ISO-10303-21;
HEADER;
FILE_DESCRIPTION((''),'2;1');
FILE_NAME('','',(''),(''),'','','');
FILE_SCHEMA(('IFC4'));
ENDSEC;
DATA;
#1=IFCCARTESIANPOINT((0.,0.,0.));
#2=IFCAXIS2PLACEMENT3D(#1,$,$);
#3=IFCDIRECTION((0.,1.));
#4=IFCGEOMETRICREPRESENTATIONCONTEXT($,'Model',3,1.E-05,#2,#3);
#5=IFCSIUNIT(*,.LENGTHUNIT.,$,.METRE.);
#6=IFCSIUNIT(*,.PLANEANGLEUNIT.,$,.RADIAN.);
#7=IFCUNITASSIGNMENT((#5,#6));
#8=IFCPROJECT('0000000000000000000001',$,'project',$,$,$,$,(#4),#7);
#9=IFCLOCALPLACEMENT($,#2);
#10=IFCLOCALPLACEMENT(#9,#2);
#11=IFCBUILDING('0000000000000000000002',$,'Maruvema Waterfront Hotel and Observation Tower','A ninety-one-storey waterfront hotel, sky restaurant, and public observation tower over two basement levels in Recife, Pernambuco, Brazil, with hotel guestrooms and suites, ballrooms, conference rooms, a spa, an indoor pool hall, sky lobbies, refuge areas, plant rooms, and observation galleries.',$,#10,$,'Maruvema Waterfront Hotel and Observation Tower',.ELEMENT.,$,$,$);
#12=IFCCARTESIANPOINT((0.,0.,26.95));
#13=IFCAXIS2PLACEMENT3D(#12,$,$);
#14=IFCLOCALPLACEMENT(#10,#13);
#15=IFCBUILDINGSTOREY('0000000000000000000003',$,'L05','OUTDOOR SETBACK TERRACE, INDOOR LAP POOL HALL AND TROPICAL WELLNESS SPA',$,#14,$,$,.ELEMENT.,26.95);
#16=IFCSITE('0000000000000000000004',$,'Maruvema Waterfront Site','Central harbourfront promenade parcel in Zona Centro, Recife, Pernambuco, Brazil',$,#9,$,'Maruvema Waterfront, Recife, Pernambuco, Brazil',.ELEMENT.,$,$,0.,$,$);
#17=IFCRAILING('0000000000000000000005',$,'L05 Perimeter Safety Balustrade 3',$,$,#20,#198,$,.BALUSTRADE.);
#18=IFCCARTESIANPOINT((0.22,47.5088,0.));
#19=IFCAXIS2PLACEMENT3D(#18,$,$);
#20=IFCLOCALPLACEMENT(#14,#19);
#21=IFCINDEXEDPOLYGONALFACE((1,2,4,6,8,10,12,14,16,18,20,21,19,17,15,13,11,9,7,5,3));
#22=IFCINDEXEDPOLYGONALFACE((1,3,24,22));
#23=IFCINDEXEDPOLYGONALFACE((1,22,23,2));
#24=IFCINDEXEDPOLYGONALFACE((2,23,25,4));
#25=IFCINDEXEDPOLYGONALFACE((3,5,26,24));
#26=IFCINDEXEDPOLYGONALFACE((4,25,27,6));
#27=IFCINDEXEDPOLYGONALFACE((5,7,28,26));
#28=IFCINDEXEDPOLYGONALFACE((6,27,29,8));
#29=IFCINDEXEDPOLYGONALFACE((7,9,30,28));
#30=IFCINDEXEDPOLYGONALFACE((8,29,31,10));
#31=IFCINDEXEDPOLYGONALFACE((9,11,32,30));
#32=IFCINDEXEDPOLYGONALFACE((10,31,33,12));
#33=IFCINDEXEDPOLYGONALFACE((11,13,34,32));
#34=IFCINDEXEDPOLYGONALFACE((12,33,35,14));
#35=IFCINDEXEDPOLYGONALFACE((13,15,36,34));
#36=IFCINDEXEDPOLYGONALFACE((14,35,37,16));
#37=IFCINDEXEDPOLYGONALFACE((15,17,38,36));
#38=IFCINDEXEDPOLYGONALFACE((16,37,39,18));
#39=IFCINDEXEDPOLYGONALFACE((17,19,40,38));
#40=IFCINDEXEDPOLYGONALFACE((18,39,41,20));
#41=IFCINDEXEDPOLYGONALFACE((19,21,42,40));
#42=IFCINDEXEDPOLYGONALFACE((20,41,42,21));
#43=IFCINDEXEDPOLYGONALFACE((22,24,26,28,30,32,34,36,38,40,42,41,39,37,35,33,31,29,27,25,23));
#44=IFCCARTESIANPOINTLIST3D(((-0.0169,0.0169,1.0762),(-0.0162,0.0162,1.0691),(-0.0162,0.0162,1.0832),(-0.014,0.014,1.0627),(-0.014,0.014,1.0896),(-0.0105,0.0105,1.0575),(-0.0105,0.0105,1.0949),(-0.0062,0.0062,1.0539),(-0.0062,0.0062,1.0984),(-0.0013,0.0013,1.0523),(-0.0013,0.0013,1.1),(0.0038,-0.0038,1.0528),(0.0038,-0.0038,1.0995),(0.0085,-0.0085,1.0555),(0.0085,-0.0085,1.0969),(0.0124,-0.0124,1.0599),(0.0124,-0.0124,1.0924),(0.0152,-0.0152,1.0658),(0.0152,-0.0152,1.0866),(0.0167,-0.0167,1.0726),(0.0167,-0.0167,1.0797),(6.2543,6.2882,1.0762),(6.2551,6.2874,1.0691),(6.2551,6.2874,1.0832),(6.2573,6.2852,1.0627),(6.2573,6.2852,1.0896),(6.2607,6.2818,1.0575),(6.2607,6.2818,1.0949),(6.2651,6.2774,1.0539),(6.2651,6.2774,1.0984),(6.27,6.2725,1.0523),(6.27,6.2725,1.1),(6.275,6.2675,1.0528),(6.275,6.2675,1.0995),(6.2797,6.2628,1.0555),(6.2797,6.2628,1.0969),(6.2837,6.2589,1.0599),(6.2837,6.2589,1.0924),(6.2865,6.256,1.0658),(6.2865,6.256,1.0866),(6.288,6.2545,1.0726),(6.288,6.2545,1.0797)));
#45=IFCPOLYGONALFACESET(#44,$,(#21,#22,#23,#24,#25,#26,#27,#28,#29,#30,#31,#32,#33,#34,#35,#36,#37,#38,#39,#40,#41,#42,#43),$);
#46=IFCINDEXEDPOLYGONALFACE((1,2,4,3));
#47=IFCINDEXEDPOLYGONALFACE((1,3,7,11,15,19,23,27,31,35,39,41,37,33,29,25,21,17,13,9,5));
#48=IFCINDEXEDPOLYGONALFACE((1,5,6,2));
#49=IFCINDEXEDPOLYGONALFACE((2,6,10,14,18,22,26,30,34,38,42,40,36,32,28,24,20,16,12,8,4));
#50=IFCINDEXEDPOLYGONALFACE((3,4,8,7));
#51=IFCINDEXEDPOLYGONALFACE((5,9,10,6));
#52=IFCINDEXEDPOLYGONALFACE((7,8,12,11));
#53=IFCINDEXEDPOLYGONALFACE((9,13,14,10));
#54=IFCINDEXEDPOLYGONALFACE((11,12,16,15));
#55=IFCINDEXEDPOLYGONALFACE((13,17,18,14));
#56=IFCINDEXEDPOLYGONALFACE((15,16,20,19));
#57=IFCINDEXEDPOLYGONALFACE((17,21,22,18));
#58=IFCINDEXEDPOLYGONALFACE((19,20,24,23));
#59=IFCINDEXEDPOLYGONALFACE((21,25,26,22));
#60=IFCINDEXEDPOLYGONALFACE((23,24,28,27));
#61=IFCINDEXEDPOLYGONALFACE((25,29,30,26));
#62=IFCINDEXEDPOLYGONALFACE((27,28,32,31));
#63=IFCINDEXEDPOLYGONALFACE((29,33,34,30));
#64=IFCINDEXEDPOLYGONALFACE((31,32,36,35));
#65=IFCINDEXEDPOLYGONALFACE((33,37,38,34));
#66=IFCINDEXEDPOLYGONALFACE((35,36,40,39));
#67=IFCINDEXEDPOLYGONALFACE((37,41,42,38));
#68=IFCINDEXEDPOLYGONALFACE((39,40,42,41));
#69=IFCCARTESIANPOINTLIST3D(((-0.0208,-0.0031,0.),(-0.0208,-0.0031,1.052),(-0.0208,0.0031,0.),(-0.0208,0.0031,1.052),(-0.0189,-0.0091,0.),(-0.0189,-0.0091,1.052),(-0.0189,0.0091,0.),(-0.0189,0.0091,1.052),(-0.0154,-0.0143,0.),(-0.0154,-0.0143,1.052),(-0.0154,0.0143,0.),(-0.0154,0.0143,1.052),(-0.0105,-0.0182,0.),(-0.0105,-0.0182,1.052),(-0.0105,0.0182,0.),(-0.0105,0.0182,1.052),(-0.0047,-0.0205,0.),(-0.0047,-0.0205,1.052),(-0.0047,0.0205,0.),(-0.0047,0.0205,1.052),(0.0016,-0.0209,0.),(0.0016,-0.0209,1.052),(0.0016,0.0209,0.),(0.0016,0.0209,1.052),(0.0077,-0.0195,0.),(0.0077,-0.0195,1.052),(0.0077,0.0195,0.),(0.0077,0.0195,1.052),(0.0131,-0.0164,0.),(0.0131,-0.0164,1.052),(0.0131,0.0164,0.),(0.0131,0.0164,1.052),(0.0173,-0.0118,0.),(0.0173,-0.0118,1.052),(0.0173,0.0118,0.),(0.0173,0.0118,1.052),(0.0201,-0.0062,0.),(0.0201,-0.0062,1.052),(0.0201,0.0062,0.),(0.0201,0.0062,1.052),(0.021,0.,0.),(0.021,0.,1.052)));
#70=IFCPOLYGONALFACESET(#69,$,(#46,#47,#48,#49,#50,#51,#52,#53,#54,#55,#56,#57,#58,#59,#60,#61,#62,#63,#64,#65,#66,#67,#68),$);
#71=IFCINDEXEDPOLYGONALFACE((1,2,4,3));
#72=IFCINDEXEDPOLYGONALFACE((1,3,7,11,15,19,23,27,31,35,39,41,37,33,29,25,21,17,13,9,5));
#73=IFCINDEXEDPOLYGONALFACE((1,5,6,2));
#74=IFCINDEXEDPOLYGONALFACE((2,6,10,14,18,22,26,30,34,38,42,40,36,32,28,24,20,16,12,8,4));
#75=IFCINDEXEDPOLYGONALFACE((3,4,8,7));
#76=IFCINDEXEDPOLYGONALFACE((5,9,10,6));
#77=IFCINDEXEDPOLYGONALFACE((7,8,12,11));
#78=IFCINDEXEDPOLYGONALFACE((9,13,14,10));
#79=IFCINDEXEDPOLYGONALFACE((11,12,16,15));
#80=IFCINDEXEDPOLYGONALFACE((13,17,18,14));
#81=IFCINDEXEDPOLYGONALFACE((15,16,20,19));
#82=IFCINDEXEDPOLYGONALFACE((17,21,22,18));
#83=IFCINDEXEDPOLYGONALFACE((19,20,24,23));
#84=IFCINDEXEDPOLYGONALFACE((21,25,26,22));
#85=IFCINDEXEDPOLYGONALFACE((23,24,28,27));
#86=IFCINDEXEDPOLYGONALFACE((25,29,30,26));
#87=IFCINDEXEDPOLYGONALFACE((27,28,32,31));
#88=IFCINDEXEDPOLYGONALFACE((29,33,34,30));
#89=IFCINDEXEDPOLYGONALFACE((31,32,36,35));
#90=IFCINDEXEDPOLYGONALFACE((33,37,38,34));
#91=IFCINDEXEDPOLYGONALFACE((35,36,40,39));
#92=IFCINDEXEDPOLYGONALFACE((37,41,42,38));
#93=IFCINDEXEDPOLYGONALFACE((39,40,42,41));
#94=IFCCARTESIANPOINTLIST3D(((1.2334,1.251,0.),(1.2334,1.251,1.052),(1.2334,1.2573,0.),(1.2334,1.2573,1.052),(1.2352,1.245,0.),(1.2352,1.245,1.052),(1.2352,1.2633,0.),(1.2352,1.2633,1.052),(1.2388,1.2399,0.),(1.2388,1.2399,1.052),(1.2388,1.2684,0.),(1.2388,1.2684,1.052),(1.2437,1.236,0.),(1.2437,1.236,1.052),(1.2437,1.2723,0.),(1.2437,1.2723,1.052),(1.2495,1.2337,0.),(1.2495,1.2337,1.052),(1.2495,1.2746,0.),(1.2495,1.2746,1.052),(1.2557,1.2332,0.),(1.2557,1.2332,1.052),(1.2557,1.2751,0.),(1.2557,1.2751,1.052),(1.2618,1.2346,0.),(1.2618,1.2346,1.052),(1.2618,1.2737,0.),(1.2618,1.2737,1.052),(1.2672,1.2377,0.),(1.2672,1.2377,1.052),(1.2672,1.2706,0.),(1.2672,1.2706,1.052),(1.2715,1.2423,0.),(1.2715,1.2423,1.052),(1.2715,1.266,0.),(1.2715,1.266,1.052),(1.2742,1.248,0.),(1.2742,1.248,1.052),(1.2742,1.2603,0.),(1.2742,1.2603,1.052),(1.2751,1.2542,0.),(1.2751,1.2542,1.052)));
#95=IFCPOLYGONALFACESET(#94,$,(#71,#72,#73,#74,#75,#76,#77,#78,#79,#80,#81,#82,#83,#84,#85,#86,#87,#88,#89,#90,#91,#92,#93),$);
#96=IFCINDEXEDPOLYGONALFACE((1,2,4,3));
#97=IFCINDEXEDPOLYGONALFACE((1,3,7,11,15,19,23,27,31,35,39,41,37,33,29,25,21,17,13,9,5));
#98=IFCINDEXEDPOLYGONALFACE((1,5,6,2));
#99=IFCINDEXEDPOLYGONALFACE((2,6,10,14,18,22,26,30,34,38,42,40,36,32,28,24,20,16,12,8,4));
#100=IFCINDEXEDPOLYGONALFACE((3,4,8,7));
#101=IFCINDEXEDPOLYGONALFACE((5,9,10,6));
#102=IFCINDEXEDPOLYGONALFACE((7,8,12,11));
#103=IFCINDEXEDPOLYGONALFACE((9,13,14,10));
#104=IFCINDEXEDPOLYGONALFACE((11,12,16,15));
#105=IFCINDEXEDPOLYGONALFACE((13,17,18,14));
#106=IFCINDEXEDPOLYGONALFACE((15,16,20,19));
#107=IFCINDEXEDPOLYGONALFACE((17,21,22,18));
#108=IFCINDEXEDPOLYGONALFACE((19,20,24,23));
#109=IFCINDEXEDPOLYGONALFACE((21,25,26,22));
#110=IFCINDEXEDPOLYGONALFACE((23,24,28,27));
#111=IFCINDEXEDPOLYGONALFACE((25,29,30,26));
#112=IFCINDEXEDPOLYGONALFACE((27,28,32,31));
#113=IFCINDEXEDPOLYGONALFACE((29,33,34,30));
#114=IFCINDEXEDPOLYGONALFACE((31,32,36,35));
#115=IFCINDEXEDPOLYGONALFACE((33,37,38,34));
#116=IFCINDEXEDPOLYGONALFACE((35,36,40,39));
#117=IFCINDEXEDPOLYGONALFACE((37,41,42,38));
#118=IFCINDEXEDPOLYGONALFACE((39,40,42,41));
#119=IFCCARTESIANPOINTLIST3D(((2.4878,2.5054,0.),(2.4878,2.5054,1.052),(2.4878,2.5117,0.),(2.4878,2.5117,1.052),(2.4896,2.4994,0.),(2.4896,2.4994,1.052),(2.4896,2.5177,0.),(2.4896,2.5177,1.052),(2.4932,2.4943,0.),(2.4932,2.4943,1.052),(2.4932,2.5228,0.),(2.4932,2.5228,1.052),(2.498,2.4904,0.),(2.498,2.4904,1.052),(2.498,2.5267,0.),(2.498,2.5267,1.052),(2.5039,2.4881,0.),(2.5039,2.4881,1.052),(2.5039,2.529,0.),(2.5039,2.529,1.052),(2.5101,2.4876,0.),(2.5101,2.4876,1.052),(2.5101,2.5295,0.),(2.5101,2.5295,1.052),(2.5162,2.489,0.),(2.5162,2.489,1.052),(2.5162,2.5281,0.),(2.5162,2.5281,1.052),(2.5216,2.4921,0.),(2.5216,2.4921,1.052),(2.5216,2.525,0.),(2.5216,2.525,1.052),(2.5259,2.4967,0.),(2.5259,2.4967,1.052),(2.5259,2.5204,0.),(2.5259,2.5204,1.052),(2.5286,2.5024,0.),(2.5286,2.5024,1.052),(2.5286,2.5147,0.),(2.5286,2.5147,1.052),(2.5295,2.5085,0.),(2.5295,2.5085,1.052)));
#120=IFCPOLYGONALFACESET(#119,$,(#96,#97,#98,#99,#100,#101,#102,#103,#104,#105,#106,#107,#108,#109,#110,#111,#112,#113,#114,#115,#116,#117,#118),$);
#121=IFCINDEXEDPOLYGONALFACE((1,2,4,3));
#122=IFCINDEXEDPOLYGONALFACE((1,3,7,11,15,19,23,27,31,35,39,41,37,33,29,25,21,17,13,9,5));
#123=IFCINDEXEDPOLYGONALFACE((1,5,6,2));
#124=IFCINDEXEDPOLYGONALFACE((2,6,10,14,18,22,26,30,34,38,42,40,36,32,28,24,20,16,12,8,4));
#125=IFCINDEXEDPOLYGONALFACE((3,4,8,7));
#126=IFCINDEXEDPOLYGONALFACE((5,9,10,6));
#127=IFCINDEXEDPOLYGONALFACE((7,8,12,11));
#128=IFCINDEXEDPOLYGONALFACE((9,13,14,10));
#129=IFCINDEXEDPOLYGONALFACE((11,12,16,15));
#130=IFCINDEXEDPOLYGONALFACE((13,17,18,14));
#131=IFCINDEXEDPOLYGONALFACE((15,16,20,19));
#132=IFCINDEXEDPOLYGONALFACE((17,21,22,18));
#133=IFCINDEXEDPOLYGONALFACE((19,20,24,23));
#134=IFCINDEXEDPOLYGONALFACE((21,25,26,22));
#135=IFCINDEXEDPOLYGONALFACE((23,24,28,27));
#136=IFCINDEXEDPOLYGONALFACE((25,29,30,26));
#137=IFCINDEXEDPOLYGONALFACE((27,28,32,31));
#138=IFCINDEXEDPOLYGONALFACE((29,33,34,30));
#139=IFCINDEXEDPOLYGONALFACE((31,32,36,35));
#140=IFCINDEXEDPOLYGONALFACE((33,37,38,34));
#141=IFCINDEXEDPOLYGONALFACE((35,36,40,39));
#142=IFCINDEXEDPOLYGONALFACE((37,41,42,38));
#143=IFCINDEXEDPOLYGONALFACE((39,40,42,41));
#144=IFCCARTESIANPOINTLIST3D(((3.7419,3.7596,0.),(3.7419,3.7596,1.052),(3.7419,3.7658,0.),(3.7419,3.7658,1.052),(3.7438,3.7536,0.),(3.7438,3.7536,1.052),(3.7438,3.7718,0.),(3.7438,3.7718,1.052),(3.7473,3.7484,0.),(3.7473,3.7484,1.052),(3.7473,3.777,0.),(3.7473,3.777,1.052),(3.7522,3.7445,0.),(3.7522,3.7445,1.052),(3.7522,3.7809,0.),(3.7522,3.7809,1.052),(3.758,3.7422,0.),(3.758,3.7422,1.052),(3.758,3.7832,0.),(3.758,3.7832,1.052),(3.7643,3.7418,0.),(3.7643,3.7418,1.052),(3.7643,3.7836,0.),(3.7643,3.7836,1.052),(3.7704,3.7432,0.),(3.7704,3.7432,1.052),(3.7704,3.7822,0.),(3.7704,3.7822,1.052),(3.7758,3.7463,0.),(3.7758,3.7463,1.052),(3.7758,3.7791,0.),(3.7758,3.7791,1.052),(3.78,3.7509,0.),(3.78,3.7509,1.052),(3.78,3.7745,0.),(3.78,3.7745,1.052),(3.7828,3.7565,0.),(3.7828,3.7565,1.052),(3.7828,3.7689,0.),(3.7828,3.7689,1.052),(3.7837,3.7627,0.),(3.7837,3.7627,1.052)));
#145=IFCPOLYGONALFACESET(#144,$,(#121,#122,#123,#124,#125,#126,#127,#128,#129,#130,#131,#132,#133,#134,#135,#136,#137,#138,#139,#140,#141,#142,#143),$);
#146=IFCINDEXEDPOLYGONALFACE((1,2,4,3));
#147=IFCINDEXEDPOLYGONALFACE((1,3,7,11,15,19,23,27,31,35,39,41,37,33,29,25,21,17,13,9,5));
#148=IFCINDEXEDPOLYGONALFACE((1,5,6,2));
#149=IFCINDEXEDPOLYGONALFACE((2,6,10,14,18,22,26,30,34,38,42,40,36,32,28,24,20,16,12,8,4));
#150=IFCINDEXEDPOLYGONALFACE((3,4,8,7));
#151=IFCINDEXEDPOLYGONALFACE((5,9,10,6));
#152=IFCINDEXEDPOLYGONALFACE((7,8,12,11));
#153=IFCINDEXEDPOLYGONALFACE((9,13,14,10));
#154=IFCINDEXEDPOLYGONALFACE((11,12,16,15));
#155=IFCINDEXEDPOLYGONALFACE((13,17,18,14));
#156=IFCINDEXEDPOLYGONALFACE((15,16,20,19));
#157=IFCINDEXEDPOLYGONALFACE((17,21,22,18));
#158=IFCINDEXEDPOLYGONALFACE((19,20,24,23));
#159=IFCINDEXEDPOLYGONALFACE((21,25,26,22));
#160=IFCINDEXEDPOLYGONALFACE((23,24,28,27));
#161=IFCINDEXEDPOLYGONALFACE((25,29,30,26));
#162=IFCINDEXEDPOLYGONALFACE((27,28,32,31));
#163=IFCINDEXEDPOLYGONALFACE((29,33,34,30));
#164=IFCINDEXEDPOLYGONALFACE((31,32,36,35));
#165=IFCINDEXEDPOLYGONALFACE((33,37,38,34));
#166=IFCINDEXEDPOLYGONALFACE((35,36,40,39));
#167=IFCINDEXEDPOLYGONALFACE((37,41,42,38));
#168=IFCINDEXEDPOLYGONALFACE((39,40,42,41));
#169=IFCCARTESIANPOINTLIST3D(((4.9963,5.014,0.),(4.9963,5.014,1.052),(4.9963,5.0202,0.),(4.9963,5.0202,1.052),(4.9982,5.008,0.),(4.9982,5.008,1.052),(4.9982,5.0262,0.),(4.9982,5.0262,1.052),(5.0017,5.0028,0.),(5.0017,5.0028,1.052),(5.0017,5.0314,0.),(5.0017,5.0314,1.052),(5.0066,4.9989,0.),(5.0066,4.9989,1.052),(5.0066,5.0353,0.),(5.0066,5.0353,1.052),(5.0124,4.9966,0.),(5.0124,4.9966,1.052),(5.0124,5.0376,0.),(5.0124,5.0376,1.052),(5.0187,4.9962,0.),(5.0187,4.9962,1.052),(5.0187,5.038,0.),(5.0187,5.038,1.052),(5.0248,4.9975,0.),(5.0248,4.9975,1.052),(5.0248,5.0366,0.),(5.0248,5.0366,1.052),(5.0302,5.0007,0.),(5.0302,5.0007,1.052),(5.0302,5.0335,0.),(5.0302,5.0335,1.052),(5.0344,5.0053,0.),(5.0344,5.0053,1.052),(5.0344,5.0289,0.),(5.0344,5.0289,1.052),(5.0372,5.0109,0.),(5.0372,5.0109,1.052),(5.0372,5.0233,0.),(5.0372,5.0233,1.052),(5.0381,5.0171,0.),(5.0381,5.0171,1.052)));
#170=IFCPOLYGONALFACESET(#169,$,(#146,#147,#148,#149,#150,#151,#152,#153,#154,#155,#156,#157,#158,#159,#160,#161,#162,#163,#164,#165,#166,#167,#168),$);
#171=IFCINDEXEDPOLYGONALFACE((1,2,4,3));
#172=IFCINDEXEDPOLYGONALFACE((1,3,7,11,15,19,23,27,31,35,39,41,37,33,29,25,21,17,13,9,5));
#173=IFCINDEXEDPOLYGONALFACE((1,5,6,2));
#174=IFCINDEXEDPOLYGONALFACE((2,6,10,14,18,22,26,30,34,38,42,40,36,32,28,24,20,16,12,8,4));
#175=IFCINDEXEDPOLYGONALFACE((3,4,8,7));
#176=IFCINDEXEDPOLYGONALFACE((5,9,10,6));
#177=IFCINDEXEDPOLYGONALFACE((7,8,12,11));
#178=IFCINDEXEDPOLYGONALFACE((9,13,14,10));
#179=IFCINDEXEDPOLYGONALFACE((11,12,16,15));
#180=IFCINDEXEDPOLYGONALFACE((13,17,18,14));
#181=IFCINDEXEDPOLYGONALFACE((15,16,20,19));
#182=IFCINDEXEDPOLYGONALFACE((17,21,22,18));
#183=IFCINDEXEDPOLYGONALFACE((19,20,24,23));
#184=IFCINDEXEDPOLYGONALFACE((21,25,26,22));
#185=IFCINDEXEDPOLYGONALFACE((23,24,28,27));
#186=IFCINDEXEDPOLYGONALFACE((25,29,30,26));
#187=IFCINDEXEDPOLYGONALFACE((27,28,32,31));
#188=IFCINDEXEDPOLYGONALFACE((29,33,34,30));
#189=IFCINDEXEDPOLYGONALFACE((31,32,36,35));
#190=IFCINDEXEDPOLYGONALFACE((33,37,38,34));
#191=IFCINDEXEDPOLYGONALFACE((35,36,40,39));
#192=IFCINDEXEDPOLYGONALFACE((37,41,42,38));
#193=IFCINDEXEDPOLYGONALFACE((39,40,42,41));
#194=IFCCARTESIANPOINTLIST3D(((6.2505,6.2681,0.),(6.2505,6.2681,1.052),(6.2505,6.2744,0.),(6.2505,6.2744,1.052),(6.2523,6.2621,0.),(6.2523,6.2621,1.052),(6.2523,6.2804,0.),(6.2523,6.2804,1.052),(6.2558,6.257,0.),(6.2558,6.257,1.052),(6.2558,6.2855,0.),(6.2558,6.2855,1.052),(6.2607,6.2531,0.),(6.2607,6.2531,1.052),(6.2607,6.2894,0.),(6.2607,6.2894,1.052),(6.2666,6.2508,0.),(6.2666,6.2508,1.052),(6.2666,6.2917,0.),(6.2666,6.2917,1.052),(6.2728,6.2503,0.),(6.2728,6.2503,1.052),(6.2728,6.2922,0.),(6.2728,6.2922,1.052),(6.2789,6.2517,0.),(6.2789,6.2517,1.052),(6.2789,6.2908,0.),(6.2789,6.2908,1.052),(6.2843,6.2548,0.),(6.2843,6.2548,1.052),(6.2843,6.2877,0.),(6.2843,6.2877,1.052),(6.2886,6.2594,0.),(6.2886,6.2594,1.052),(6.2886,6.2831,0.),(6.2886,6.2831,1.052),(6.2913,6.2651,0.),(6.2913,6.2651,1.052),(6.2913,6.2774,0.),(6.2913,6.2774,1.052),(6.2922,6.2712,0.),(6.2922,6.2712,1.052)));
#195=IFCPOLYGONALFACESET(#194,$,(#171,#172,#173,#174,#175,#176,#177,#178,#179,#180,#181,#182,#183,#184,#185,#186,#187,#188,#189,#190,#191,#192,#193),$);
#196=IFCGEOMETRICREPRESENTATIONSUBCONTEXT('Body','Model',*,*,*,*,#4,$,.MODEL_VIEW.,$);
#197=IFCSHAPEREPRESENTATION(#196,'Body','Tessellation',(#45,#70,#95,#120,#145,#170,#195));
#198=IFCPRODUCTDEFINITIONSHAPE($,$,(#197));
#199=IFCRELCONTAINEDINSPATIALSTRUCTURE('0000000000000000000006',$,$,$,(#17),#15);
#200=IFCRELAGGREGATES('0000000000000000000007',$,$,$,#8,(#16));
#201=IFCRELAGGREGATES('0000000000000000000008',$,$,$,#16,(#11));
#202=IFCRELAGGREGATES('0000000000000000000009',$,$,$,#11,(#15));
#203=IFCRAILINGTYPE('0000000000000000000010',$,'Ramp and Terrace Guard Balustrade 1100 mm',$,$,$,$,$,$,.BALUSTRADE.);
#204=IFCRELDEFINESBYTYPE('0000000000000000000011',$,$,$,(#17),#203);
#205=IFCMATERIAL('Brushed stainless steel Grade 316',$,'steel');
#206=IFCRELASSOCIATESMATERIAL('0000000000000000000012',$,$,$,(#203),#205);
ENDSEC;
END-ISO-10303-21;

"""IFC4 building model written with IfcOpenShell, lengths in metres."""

from ifc_helpers import new_model, si_unit, direction, frame, origin, origin_2d, place, context, subcontext, project, spatial, circle, extrude, material, type_object, element, save


model = new_model("IFC4")

# Units and contexts
model_context = context("Model", 3, precision=1e-05, world=origin(), true_north=direction((0.0, 1.0)))
body_context = subcontext(model_context, "Body", "Model", "MODEL_VIEW")
ifc_project = project(units=[si_unit("LENGTHUNIT", "METRE"), si_unit("PLANEANGLEUNIT", "RADIAN")], contexts=[model_context])

# Site, building, storey
site_placement = place(None, origin())
site = spatial("IfcSite", under=ifc_project, at=site_placement, Name="Maruvema Waterfront Site", Description="Central harbourfront promenade parcel in Zona Centro, Recife, Pernambuco, Brazil", LongName="Maruvema Waterfront, Recife, Pernambuco, Brazil", CompositionType="ELEMENT", RefElevation=0.0)
building_placement = place(site_placement, origin())
building = spatial("IfcBuilding", under=site, at=building_placement, Name="Maruvema Waterfront Hotel and Observation Tower", Description="A ninety-one-storey waterfront hotel, sky restaurant, and public observation tower over two basement levels in Recife, Pernambuco, Brazil, with hotel guestrooms and suites, ballrooms, conference rooms, a spa, an indoor pool hall, sky lobbies, refuge areas, plant rooms, and observation galleries.", LongName="Maruvema Waterfront Hotel and Observation Tower", CompositionType="ELEMENT")
storey_placement = place(building_placement, frame((0.0, 0.0, 26.95)))
storey = spatial("IfcBuildingStorey", under=building, at=storey_placement, Name="L05", Description="OUTDOOR SETBACK TERRACE, INDOOR LAP POOL HALL AND TROPICAL WELLNESS SPA", CompositionType="ELEMENT", Elevation=26.95)

# Railing
ifc_material_1 = material(Name="Brushed stainless steel Grade 316", Category="steel")
railing_type = type_object("IfcRailingType", Name="Ramp and Terrace Guard Balustrade 1100 mm", PredefinedType="BALUSTRADE", material=ifc_material_1)
railing_1_placement = place(storey_placement, frame((0.22, 47.5088, 0.0)))
element("IfcRailing", 1, at=railing_1_placement, inside=storey, type_object=railing_type, Name="L05 Perimeter Safety Balustrade 3", PredefinedType="BALUSTRADE", context=body_context, shape_type="SweptSolid", body=[
    extrude(circle(Radius=0.0239, at=origin_2d()), frame((0.0, 0.0, 1.0762), z_axis=(0.707107, 0.707107, 0.0), x_axis=(-0.707107, 0.707107, 0.0)), (0.0, 0.0, 1.0), 8.8689),
    extrude(circle(Radius=0.021, at=origin_2d()), origin(), (0.0, 0.0, 1.0), 1.052),
    extrude(circle(Radius=0.021, at=origin_2d()), frame((1.2542, 1.2542, 0.0)), (0.0, 0.0, 1.0), 1.052),
    extrude(circle(Radius=0.021, at=origin_2d()), frame((2.5085, 2.5085, 0.0)), (0.0, 0.0, 1.0), 1.052),
    extrude(circle(Radius=0.021, at=origin_2d()), frame((3.7627, 3.7627, 0.0)), (0.0, 0.0, 1.0), 1.052),
    extrude(circle(Radius=0.021, at=origin_2d()), frame((5.0171, 5.0171, 0.0)), (0.0, 0.0, 1.0), 1.052),
    extrude(circle(Radius=0.021, at=origin_2d()), frame((6.2712, 6.2712, 0.0)), (0.0, 0.0, 1.0), 1.052),
])

save(model, "model.ifc")
